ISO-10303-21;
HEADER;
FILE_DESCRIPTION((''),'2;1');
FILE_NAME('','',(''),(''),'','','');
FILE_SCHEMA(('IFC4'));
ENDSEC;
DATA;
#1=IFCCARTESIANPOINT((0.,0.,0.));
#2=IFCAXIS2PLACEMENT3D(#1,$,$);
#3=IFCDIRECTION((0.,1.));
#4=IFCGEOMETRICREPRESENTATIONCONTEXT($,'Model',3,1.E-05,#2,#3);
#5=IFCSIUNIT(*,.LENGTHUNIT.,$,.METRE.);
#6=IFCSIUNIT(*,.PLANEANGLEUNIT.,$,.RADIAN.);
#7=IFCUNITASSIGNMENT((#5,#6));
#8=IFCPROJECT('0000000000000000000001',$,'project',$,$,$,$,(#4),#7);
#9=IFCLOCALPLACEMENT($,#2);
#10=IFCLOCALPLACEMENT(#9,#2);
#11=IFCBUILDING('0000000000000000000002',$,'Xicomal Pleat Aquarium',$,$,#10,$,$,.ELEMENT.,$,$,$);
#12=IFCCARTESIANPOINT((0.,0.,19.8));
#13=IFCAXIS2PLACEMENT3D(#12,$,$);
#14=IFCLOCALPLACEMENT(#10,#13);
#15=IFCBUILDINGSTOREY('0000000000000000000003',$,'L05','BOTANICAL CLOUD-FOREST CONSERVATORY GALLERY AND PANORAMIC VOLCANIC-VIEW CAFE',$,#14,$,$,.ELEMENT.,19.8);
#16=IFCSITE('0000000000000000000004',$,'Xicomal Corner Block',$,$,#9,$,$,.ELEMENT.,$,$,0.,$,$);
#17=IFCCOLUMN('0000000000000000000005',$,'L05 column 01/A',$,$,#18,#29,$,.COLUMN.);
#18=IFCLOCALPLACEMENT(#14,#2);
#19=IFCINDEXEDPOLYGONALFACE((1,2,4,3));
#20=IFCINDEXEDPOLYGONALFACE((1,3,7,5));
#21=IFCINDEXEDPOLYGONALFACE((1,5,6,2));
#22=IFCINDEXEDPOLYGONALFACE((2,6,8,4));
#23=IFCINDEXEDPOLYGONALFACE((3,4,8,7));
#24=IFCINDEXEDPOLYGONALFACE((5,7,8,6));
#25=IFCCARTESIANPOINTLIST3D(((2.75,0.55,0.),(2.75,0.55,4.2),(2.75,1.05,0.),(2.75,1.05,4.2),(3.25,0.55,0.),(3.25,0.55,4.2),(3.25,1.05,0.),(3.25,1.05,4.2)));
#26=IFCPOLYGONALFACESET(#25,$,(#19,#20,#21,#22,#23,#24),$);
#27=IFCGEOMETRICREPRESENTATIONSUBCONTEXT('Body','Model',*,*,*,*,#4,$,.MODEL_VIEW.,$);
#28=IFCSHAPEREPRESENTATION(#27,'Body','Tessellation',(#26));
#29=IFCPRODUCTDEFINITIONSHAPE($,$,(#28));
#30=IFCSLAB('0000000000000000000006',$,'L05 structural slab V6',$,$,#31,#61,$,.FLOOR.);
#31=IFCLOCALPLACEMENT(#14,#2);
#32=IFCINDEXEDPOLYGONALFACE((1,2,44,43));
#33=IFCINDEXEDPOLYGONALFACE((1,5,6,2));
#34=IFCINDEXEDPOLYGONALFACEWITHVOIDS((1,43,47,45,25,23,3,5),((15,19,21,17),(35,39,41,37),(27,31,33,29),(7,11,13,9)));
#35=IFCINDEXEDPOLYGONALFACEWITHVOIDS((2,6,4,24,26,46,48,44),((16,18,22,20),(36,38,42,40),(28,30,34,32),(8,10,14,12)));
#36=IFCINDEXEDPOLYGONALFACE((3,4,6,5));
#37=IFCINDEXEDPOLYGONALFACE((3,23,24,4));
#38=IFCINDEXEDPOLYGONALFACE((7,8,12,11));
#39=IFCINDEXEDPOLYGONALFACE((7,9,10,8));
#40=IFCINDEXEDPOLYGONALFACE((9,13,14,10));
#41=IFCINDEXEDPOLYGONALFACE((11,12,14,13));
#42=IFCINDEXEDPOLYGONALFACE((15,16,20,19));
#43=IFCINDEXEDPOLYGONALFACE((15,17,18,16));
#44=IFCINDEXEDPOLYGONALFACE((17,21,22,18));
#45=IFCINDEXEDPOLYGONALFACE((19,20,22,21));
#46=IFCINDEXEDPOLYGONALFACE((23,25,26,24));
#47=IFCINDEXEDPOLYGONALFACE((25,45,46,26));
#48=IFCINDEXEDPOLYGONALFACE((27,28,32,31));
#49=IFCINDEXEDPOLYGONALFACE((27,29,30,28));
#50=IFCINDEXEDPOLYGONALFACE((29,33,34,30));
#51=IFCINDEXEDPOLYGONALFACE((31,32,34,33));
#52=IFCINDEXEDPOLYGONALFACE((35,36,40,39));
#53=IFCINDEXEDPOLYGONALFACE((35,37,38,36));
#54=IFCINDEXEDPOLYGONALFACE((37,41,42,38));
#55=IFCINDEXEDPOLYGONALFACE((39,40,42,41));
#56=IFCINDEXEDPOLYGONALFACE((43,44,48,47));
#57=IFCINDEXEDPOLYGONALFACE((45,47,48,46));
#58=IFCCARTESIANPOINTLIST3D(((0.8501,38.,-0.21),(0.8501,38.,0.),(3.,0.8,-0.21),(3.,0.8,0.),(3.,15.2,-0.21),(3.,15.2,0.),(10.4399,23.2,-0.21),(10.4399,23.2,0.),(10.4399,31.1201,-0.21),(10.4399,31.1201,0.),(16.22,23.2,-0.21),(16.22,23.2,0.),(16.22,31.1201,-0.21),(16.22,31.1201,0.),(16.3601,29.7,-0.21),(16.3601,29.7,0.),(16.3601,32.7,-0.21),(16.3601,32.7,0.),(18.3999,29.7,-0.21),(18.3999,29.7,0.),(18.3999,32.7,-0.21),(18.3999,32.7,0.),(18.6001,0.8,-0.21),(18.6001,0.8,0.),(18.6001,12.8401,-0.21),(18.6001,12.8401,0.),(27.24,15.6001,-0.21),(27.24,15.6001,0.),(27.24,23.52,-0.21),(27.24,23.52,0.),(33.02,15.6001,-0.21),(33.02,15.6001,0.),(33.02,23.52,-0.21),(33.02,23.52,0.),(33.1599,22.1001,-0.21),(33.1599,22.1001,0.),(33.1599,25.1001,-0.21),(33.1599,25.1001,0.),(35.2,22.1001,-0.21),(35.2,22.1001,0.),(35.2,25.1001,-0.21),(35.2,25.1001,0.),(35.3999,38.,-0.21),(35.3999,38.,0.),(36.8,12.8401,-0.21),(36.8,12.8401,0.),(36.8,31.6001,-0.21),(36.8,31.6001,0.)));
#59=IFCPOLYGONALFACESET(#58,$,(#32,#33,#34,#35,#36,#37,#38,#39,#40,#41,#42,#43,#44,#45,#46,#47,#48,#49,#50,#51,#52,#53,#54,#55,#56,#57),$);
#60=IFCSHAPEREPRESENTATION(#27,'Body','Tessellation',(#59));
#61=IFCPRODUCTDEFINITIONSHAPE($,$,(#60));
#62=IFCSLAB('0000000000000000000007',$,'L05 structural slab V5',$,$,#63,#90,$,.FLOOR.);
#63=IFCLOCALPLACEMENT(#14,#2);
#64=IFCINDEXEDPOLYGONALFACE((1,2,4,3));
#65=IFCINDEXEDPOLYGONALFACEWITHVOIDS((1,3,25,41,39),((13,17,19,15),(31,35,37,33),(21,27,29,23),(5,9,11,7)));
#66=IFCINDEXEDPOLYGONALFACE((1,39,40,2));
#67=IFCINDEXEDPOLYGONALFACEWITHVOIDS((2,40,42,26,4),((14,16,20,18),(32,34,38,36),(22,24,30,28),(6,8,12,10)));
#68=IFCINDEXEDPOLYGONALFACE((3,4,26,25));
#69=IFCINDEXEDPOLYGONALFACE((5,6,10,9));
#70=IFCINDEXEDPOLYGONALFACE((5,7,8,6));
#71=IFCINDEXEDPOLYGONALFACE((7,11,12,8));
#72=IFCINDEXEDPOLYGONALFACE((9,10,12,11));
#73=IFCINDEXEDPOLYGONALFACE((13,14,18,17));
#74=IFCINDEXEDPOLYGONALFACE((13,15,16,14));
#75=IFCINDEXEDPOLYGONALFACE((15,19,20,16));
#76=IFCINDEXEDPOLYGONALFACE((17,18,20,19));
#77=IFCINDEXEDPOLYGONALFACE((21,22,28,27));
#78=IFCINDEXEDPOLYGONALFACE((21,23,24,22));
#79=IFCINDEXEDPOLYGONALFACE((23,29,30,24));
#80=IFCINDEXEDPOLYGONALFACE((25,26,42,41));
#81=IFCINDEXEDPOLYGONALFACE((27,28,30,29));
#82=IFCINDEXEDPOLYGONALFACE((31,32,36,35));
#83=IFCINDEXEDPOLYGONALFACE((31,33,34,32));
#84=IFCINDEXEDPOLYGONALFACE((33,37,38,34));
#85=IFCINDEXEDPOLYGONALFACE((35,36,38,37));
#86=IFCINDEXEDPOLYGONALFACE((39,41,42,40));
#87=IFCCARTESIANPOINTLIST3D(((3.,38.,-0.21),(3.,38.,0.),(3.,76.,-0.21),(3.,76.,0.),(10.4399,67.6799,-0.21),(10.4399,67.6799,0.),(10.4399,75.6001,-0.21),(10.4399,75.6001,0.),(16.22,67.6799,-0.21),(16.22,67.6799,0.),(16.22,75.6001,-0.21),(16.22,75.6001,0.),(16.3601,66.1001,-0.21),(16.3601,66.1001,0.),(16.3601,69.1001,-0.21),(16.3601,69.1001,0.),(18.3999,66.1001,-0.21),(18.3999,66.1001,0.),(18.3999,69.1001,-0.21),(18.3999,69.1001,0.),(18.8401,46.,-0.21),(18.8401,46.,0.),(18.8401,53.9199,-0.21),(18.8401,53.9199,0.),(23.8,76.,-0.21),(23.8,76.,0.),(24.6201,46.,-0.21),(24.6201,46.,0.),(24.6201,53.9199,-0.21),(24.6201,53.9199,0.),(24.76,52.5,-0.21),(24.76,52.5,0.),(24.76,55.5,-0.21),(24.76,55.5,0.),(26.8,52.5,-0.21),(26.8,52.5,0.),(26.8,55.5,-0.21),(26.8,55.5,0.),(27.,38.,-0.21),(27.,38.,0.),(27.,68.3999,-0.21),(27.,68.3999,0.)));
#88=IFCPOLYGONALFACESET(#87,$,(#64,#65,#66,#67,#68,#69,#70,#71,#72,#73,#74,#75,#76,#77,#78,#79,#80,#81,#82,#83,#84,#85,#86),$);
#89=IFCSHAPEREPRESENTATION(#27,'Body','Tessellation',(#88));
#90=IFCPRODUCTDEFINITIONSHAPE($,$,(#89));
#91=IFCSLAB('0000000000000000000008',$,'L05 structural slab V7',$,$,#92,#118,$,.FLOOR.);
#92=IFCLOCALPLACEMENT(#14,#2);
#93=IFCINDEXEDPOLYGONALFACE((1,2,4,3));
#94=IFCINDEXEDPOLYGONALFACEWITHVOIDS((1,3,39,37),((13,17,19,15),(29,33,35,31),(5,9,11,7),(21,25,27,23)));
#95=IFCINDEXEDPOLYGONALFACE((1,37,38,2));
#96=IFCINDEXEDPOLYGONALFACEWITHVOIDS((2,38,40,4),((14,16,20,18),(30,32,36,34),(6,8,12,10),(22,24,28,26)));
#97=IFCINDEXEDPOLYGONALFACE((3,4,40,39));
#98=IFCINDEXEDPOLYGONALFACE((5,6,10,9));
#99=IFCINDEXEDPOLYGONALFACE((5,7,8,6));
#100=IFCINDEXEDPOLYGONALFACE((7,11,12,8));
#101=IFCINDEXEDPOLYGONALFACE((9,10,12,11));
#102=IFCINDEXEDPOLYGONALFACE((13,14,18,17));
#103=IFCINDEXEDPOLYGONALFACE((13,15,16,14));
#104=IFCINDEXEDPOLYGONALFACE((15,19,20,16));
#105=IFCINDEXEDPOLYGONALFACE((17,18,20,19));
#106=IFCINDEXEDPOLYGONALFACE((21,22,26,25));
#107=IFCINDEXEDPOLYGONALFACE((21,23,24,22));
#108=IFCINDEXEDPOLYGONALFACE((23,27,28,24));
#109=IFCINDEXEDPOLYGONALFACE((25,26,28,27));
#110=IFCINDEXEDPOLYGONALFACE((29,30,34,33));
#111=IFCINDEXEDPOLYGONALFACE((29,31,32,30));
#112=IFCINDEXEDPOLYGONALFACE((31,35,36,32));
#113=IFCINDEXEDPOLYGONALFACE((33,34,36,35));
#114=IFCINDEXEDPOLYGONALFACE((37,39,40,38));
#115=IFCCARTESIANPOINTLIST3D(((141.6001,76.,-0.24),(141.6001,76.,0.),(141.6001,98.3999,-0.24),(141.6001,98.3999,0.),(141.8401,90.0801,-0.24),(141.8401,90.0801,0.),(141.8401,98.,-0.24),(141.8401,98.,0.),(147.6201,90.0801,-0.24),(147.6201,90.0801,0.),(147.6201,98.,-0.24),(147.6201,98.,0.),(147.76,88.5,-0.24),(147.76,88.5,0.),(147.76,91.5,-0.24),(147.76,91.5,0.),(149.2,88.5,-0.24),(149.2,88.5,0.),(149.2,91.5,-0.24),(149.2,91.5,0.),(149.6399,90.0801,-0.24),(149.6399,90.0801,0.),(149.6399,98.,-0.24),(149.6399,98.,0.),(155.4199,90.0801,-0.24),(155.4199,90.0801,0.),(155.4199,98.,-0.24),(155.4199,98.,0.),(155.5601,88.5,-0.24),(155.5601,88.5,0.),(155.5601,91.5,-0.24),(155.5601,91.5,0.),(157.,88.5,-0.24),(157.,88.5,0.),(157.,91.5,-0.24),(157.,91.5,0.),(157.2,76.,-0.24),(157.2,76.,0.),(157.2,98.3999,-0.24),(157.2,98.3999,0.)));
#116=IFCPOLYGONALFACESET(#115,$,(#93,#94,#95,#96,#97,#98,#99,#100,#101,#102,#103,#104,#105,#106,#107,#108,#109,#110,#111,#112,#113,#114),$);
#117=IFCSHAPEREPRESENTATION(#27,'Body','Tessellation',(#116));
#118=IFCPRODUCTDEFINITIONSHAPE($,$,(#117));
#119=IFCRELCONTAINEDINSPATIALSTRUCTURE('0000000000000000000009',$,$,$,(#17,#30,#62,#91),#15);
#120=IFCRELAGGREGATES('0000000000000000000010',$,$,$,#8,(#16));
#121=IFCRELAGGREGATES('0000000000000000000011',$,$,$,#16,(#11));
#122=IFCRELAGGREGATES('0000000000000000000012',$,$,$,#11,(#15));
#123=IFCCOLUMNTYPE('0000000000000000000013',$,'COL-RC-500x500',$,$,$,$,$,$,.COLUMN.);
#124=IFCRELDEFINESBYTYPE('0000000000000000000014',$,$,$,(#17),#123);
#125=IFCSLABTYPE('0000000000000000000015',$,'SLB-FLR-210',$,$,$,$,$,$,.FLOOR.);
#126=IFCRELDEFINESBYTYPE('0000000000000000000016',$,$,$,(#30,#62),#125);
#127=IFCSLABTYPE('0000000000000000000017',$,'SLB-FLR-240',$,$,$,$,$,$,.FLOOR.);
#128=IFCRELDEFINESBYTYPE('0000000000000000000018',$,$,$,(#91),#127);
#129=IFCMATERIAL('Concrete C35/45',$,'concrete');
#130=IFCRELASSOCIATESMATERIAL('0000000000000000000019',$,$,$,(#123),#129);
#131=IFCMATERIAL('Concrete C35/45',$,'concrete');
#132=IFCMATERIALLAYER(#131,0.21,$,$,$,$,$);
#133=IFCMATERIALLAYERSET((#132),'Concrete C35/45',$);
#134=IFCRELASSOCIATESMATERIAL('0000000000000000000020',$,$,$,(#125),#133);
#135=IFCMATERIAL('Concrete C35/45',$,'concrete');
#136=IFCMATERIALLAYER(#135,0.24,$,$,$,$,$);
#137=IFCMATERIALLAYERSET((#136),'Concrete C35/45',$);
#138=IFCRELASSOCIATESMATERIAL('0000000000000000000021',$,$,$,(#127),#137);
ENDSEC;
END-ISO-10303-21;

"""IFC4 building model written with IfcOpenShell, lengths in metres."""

from ifc_helpers import new_model, si_unit, direction, frame, origin, origin_2d, place, context, subcontext, project, spatial, polyline, rectangle, outline, extrude, material, layer, layer_set, material_profile, profile_set, type_object, element, save


model = new_model("IFC4")

# Units and contexts
model_context = context("Model", 3, precision=1e-05, world=origin(), true_north=direction((0.0, 1.0)))
body_context = subcontext(model_context, "Body", "Model", "MODEL_VIEW")
ifc_project = project(units=[si_unit("LENGTHUNIT", "METRE"), si_unit("PLANEANGLEUNIT", "RADIAN")], contexts=[model_context])

# Site, building, storey
site_placement = place(None, origin())
site = spatial("IfcSite", under=ifc_project, at=site_placement, Name="Xicomal Corner Block", CompositionType="ELEMENT", RefElevation=0.0)
building_placement = place(site_placement, origin())
building = spatial("IfcBuilding", under=site, at=building_placement, Name="Xicomal Pleat Aquarium", CompositionType="ELEMENT")
storey_placement = place(building_placement, frame((0.0, 0.0, 19.8)))
storey = spatial("IfcBuildingStorey", under=building, at=storey_placement, Name="L05", Description="BOTANICAL CLOUD-FOREST CONSERVATORY GALLERY AND PANORAMIC VOLCANIC-VIEW CAFE", CompositionType="ELEMENT", Elevation=19.8)

# Column
ifc_material_1 = material(Name="Concrete C35/45", Category="concrete")
ifc_material_profile = material_profile(ifc_material_1, rectangle(XDim=0.5, YDim=0.5, at=origin_2d()), Name="RC 500x500")
ifc_profile_set = profile_set([ifc_material_profile], Name="Concrete C35/45")
column_type = type_object("IfcColumnType", Name="COL-RC-500x500", PredefinedType="COLUMN", material=ifc_profile_set)
column_placement = place(storey_placement, frame((3.0, 0.8, 0.0), z_axis=(0.0, 0.0, 1.0), x_axis=(1.0, 0.0, 0.0)))
element("IfcColumn", 1, at=column_placement, inside=storey, type_object=column_type, Name="L05 column 01/A", PredefinedType="COLUMN", context=body_context, shape_type="SweptSolid", body=[
    extrude(rectangle(XDim=0.5, YDim=0.5, at=origin_2d()), origin(), (0.0, 0.0, 1.0), 4.2),
])

# Slabs
ifc_material_2 = material(Name="Concrete C35/45", Category="concrete")
ifc_layer_1 = layer(ifc_material_2, 0.21)
ifc_layer_set_1 = layer_set([ifc_layer_1], Name="Concrete C35/45")
slab_type_1 = type_object("IfcSlabType", Name="SLB-FLR-210", PredefinedType="FLOOR", material=ifc_layer_set_1)
slab_1_placement = place(storey_placement, frame((0.0, 0.0, -0.21)))
element("IfcSlab", 2, at=slab_1_placement, inside=storey, type_object=slab_type_1, Name="L05 structural slab V6", PredefinedType="FLOOR", context=body_context, shape_type="SweptSolid", body=[
    extrude(outline(polyline([(3.0, 15.2), (0.8501, 38.0), (35.3999, 38.0), (36.8, 31.6001), (36.8, 12.8401), (18.6001, 12.8401), (18.6001, 0.8), (3.0, 0.8), (3.0, 15.2)]), holes=[polyline([(10.4399, 23.2), (16.22, 23.2), (16.22, 31.1201), (10.4399, 31.1201), (10.4399, 23.2)]), polyline([(16.3601, 29.7), (18.3999, 29.7), (18.3999, 32.7), (16.3601, 32.7), (16.3601, 29.7)]), polyline([(27.24, 15.6001), (33.02, 15.6001), (33.02, 23.52), (27.24, 23.52), (27.24, 15.6001)]), polyline([(33.1599, 22.1001), (35.2, 22.1001), (35.2, 25.1001), (33.1599, 25.1001), (33.1599, 22.1001)])]), origin(), (0.0, 0.0, 1.0), 0.21),
])
slab_2_placement = place(storey_placement, frame((0.0, 0.0, -0.21)))
element("IfcSlab", 3, at=slab_2_placement, inside=storey, type_object=slab_type_1, Name="L05 structural slab V5", PredefinedType="FLOOR", context=body_context, shape_type="SweptSolid", body=[
    extrude(outline(polyline([(3.0, 38.0), (3.0, 76.0), (23.8, 76.0), (27.0, 68.3999), (27.0, 38.0), (3.0, 38.0)]), holes=[polyline([(10.4399, 67.6799), (16.22, 67.6799), (16.22, 75.6001), (10.4399, 75.6001), (10.4399, 67.6799)]), polyline([(16.3601, 66.1001), (18.3999, 66.1001), (18.3999, 69.1001), (16.3601, 69.1001), (16.3601, 66.1001)]), polyline([(18.8401, 46.0), (24.6201, 46.0), (24.6201, 53.9199), (18.8401, 53.9199), (18.8401, 46.0)]), polyline([(24.76, 52.5), (26.8, 52.5), (26.8, 55.5), (24.76, 55.5), (24.76, 52.5)])]), origin(), (0.0, 0.0, 1.0), 0.21),
])
ifc_material_3 = material(Name="Concrete C35/45", Category="concrete")
ifc_layer_2 = layer(ifc_material_3, 0.24)
ifc_layer_set_2 = layer_set([ifc_layer_2], Name="Concrete C35/45")
slab_type_2 = type_object("IfcSlabType", Name="SLB-FLR-240", PredefinedType="FLOOR", material=ifc_layer_set_2)
slab_3_placement = place(storey_placement, frame((0.0, 0.0, -0.24)))
element("IfcSlab", 4, at=slab_3_placement, inside=storey, type_object=slab_type_2, Name="L05 structural slab V7", PredefinedType="FLOOR", context=body_context, shape_type="SweptSolid", body=[
    extrude(outline(polyline([(141.6001, 98.3999), (157.2, 98.3999), (157.2, 76.0), (141.6001, 76.0), (141.6001, 98.3999)]), holes=[polyline([(141.8401, 90.0801), (147.6201, 90.0801), (147.6201, 98.0), (141.8401, 98.0), (141.8401, 90.0801)]), polyline([(147.76, 88.5), (149.2, 88.5), (149.2, 91.5), (147.76, 91.5), (147.76, 88.5)]), polyline([(149.6399, 90.0801), (155.4199, 90.0801), (155.4199, 98.0), (149.6399, 98.0), (149.6399, 90.0801)]), polyline([(155.5601, 88.5), (157.0, 88.5), (157.0, 91.5), (155.5601, 91.5), (155.5601, 88.5)])]), origin(), (0.0, 0.0, 1.0), 0.24),
])

save(model, "model.ifc")
